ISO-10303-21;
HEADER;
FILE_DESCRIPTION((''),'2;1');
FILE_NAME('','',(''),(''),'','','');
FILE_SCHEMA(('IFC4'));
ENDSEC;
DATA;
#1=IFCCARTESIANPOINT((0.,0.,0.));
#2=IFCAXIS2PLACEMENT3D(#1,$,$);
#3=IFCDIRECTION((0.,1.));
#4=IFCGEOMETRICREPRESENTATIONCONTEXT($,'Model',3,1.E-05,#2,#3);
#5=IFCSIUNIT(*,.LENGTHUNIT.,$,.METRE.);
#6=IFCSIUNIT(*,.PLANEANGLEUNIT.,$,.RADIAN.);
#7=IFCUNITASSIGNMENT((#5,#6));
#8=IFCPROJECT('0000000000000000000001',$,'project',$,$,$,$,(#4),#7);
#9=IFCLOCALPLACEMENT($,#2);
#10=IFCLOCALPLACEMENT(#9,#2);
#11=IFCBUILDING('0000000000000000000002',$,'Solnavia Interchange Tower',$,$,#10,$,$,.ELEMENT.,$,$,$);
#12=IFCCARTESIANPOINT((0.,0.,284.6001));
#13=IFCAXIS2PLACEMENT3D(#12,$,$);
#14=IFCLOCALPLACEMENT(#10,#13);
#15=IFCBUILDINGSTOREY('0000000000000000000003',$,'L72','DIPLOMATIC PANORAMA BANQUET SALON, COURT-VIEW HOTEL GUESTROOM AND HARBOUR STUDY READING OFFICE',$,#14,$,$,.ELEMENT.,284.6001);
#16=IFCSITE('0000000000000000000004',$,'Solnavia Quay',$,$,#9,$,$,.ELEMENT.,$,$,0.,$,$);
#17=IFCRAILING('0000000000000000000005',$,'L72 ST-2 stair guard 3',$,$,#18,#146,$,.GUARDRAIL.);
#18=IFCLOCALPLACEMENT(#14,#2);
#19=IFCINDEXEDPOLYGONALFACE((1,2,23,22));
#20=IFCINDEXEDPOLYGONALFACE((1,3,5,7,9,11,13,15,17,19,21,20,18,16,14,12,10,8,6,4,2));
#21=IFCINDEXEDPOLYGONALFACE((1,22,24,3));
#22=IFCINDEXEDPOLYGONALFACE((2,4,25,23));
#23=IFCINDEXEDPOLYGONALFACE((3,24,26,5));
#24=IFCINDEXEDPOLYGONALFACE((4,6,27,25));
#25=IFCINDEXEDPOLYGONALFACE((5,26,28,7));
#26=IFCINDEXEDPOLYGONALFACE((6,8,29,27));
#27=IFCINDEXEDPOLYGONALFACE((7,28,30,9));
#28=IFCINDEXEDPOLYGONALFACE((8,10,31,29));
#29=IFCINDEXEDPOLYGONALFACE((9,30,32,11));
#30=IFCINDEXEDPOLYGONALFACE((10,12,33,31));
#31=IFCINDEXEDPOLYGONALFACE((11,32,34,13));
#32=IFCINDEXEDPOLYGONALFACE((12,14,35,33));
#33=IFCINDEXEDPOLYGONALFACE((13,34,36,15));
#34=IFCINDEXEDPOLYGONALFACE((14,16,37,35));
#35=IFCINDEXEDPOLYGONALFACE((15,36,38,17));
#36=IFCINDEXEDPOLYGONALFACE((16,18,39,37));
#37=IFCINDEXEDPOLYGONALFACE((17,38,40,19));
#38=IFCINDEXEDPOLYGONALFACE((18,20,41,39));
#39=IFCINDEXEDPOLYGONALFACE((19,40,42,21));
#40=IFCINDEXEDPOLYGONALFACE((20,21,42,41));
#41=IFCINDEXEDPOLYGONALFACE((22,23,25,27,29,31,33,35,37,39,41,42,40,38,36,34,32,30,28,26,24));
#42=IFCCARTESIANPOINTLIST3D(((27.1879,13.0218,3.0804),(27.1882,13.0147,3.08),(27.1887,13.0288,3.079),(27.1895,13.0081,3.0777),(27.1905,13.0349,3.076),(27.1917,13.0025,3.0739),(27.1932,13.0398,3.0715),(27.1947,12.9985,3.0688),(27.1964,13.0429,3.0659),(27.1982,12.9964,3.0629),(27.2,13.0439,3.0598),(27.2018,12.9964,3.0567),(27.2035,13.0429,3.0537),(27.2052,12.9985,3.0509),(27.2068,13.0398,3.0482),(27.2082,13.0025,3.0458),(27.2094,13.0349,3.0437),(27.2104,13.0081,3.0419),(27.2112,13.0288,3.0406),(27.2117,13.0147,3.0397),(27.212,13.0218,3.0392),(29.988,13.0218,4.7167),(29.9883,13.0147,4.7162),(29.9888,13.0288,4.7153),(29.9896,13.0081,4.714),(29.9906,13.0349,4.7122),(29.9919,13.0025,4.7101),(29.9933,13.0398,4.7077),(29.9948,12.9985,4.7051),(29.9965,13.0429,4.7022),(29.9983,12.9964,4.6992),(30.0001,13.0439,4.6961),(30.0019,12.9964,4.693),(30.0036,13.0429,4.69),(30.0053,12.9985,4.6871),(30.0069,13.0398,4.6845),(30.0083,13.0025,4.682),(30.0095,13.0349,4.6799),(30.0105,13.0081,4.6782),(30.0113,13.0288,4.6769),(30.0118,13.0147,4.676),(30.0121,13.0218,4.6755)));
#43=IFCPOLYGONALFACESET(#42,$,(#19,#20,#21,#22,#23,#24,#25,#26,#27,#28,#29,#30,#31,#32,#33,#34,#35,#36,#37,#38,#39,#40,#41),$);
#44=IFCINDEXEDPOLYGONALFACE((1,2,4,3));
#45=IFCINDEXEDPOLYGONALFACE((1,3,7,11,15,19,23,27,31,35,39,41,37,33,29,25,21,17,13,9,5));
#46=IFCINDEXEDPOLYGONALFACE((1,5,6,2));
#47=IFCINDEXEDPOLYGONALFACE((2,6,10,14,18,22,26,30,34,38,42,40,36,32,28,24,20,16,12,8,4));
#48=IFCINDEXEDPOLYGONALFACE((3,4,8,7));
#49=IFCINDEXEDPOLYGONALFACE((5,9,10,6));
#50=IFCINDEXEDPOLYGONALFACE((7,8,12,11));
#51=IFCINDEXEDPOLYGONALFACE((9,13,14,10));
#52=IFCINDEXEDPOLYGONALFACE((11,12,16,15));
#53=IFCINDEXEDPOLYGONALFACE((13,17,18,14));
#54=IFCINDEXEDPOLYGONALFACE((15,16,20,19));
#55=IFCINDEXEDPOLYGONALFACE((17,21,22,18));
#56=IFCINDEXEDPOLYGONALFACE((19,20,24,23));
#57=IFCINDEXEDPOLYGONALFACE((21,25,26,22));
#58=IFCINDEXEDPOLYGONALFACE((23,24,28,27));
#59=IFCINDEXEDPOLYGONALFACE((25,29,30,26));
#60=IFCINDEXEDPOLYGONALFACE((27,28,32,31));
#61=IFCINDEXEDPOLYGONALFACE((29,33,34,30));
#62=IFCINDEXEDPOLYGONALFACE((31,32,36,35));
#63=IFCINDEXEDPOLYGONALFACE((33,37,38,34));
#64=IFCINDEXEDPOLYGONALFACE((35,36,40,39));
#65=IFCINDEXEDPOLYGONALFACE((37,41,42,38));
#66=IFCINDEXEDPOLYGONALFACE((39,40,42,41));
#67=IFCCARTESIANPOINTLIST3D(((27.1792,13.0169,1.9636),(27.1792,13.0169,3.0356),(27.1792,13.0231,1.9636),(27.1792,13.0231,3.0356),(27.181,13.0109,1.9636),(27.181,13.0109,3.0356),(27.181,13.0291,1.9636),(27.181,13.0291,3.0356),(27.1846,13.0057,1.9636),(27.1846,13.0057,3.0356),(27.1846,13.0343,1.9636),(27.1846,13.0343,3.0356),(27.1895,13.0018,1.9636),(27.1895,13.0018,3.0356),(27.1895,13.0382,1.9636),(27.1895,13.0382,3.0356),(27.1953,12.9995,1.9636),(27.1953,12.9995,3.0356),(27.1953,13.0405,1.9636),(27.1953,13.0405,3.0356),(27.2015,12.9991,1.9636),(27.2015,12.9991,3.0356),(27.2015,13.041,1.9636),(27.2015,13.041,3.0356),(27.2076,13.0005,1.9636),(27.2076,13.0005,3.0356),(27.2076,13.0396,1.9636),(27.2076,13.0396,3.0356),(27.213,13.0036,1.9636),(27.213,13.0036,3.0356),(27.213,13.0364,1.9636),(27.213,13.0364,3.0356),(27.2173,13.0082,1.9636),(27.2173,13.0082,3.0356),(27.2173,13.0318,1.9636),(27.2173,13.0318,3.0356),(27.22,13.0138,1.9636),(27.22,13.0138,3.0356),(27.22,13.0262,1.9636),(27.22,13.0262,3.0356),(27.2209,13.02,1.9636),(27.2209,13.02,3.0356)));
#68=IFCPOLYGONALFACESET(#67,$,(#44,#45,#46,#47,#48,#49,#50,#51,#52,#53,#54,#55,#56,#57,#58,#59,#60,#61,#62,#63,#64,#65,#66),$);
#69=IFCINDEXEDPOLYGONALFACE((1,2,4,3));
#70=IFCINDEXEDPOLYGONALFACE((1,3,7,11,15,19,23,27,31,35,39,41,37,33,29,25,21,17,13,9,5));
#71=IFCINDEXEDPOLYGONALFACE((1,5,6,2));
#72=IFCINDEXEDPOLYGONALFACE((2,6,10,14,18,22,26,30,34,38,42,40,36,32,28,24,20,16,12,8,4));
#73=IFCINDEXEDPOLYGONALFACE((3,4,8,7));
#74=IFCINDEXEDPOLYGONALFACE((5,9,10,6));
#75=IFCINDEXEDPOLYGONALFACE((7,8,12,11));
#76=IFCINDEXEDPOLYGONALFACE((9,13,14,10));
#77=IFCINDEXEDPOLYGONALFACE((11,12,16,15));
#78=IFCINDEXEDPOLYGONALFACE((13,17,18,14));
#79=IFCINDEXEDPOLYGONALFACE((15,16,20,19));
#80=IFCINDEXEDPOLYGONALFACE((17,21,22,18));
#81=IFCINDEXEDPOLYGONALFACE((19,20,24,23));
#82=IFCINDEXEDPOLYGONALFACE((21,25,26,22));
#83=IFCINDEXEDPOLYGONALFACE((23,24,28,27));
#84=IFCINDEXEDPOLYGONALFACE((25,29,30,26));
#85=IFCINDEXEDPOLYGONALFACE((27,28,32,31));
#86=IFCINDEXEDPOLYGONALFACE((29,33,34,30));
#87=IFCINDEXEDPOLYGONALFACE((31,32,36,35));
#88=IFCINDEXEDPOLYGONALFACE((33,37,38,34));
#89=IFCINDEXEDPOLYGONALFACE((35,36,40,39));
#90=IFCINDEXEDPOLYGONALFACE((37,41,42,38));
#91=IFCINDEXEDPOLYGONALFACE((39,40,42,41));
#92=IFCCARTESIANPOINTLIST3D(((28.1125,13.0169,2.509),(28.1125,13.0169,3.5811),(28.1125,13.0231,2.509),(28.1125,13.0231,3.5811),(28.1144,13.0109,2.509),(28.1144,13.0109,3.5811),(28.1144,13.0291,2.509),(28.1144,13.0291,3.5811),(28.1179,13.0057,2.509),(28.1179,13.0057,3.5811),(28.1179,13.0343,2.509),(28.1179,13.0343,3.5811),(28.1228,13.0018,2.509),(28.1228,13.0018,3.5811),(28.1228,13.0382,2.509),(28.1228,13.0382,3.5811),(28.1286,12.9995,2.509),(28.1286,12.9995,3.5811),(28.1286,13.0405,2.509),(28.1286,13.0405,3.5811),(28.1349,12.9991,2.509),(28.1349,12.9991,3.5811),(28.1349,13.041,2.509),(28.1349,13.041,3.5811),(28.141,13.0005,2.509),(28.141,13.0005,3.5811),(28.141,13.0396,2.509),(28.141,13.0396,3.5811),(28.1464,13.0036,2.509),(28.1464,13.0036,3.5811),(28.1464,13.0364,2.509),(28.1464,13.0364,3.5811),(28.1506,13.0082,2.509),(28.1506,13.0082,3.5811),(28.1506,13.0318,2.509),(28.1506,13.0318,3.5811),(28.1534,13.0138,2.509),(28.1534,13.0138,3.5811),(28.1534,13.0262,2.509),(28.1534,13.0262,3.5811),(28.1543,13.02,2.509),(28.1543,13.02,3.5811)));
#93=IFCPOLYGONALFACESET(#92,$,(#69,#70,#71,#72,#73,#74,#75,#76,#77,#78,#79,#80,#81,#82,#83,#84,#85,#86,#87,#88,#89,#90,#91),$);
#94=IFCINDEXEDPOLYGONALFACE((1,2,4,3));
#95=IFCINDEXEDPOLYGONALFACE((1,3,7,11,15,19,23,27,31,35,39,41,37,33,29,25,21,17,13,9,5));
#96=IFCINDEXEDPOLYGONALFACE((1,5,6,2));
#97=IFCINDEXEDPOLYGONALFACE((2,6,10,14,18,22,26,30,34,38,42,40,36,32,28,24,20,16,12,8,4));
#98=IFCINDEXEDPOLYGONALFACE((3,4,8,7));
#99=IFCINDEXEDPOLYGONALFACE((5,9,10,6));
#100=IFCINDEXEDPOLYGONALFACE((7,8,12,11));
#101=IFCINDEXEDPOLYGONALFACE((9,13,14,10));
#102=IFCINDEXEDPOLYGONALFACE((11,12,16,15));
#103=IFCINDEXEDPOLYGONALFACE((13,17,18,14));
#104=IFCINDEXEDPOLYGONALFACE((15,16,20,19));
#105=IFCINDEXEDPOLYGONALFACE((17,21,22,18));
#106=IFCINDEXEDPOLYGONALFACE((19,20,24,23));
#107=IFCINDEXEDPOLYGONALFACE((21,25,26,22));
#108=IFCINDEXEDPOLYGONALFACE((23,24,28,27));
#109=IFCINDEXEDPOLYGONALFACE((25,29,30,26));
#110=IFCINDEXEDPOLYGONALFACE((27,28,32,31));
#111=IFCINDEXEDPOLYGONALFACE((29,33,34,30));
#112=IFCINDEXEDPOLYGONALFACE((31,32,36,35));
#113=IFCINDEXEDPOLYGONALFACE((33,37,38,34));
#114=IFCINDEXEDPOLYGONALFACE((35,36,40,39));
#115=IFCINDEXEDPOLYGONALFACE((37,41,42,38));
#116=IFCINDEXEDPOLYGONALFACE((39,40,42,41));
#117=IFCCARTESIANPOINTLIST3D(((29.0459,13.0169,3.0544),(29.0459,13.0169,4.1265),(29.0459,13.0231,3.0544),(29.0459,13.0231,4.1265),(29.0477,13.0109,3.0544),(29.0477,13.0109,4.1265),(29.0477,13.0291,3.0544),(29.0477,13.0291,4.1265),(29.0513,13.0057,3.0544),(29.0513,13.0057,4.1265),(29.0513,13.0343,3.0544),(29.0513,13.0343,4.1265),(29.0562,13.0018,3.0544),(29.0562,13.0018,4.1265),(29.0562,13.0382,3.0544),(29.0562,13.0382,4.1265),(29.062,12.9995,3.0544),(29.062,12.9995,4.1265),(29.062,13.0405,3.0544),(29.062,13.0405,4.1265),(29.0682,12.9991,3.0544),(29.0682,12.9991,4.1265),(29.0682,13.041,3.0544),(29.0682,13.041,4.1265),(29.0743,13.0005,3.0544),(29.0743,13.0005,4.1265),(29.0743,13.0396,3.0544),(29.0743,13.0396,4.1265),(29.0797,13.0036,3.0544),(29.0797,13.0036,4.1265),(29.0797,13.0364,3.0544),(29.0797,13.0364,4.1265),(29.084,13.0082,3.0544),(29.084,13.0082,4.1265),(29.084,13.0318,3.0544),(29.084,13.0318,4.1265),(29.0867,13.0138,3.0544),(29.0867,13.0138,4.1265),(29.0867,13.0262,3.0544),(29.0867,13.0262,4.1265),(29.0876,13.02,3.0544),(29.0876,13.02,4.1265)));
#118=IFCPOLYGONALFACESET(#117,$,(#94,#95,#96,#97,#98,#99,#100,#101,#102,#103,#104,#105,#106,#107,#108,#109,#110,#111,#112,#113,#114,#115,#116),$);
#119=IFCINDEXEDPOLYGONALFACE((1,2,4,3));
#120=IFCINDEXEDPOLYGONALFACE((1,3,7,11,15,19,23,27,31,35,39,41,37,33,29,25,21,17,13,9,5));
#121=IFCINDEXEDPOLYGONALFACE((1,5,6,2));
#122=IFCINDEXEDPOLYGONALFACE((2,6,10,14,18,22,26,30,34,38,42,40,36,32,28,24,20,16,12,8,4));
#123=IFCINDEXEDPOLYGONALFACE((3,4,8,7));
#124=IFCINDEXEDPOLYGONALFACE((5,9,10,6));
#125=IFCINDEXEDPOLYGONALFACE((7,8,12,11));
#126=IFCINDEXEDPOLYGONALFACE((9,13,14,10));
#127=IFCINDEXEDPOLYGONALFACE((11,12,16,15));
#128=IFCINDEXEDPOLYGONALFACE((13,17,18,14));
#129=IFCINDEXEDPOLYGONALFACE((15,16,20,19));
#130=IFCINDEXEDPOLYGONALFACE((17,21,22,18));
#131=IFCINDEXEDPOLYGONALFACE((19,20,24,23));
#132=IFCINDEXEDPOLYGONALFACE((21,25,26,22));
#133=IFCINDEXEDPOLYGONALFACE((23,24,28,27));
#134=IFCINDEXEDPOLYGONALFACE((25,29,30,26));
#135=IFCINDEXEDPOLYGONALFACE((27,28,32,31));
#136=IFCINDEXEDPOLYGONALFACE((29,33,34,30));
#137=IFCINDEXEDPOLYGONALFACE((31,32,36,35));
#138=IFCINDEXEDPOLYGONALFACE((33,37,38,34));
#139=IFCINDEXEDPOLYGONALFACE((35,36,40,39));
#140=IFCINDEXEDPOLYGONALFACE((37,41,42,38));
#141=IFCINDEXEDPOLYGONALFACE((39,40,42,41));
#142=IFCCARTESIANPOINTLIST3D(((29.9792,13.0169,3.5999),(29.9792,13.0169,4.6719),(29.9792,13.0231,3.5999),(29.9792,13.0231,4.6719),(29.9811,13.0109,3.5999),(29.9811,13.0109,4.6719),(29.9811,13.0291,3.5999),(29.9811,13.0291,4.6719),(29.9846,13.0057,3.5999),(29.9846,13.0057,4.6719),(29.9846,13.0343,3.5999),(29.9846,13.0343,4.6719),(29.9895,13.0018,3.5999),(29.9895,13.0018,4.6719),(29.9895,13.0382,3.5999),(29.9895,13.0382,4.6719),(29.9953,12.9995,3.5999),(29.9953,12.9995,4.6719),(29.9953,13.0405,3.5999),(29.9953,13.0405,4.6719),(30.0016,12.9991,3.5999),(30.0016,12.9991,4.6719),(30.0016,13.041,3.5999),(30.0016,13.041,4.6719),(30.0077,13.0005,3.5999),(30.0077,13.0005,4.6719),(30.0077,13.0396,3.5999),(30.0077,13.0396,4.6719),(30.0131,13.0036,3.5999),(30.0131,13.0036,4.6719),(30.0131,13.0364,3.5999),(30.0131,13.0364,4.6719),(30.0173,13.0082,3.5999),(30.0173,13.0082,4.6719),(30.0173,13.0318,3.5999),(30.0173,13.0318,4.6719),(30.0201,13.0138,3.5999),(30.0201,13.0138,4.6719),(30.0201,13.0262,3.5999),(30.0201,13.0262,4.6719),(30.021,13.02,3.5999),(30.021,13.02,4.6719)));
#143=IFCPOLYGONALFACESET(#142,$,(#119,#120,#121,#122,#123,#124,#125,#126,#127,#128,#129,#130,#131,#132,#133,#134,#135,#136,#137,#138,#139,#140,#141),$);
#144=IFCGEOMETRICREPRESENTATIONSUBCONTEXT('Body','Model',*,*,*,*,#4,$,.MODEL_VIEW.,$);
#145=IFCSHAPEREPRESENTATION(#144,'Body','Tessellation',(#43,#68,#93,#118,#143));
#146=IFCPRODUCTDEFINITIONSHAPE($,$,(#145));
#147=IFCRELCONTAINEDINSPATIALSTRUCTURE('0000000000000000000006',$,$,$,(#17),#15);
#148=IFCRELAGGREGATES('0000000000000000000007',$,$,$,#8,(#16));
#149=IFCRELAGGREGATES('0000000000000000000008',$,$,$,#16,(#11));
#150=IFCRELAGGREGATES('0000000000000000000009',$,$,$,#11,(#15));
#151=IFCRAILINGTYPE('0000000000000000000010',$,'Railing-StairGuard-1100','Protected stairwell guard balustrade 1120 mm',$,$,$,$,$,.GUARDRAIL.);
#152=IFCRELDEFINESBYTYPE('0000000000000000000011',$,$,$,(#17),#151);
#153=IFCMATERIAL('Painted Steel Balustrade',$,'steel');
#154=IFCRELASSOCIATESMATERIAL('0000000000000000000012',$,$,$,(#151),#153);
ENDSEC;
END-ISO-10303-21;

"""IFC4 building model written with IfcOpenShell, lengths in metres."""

from ifc_helpers import new_model, si_unit, direction, frame, origin, origin_2d, place, context, subcontext, project, spatial, circle, extrude, material, type_object, element, save


model = new_model("IFC4")

# Units and contexts
model_context = context("Model", 3, precision=1e-05, world=origin(), true_north=direction((0.0, 1.0)))
body_context = subcontext(model_context, "Body", "Model", "MODEL_VIEW")
ifc_project = project(units=[si_unit("LENGTHUNIT", "METRE"), si_unit("PLANEANGLEUNIT", "RADIAN")], contexts=[model_context])

# Site, building, storey
site_placement = place(None, origin())
site = spatial("IfcSite", under=ifc_project, at=site_placement, Name="Solnavia Quay", CompositionType="ELEMENT", RefElevation=0.0)
building_placement = place(site_placement, origin())
building = spatial("IfcBuilding", under=site, at=building_placement, Name="Solnavia Interchange Tower", CompositionType="ELEMENT")
storey_placement = place(building_placement, frame((0.0, 0.0, 284.6001)))
storey = spatial("IfcBuildingStorey", under=building, at=storey_placement, Name="L72", Description="DIPLOMATIC PANORAMA BANQUET SALON, COURT-VIEW HOTEL GUESTROOM AND HARBOUR STUDY READING OFFICE", CompositionType="ELEMENT", Elevation=284.6001)

# Railing
ifc_material_1 = material(Name="Painted Steel Balustrade", Category="steel")
railing_type_1 = type_object("IfcRailingType", Name="Railing-StairGuard-1100", Description="Protected stairwell guard balustrade 1120 mm", PredefinedType="GUARDRAIL", material=ifc_material_1)
railing_1_placement = place(storey_placement, frame((27.2, 13.02, 1.9636)))
element("IfcRailing", 1, at=railing_1_placement, inside=storey, type_object=railing_type_1, Name="L72 ST-2 stair guard 3", PredefinedType="GUARDRAIL", context=body_context, shape_type="SweptSolid", body=[
    extrude(circle(Radius=0.0239, at=origin_2d()), frame((0.0, 0.0, 1.0962), z_axis=(0.863394, 0.0, 0.504531), x_axis=(0.0, 1.0, 0.0)), (0.0, 0.0, 1.0), 3.2432),
    extrude(circle(Radius=0.021, at=origin_2d()), origin(), (0.0, 0.0, 1.0), 1.072),
    extrude(circle(Radius=0.021, at=origin_2d()), frame((0.9333, 0.0, 0.5454)), (0.0, 0.0, 1.0), 1.072),
    extrude(circle(Radius=0.021, at=origin_2d()), frame((1.8667, 0.0, 1.0908)), (0.0, 0.0, 1.0), 1.072),
    extrude(circle(Radius=0.021, at=origin_2d()), frame((2.8, 0.0, 1.6362)), (0.0, 0.0, 1.0), 1.072),
])

save(model, "model.ifc")
